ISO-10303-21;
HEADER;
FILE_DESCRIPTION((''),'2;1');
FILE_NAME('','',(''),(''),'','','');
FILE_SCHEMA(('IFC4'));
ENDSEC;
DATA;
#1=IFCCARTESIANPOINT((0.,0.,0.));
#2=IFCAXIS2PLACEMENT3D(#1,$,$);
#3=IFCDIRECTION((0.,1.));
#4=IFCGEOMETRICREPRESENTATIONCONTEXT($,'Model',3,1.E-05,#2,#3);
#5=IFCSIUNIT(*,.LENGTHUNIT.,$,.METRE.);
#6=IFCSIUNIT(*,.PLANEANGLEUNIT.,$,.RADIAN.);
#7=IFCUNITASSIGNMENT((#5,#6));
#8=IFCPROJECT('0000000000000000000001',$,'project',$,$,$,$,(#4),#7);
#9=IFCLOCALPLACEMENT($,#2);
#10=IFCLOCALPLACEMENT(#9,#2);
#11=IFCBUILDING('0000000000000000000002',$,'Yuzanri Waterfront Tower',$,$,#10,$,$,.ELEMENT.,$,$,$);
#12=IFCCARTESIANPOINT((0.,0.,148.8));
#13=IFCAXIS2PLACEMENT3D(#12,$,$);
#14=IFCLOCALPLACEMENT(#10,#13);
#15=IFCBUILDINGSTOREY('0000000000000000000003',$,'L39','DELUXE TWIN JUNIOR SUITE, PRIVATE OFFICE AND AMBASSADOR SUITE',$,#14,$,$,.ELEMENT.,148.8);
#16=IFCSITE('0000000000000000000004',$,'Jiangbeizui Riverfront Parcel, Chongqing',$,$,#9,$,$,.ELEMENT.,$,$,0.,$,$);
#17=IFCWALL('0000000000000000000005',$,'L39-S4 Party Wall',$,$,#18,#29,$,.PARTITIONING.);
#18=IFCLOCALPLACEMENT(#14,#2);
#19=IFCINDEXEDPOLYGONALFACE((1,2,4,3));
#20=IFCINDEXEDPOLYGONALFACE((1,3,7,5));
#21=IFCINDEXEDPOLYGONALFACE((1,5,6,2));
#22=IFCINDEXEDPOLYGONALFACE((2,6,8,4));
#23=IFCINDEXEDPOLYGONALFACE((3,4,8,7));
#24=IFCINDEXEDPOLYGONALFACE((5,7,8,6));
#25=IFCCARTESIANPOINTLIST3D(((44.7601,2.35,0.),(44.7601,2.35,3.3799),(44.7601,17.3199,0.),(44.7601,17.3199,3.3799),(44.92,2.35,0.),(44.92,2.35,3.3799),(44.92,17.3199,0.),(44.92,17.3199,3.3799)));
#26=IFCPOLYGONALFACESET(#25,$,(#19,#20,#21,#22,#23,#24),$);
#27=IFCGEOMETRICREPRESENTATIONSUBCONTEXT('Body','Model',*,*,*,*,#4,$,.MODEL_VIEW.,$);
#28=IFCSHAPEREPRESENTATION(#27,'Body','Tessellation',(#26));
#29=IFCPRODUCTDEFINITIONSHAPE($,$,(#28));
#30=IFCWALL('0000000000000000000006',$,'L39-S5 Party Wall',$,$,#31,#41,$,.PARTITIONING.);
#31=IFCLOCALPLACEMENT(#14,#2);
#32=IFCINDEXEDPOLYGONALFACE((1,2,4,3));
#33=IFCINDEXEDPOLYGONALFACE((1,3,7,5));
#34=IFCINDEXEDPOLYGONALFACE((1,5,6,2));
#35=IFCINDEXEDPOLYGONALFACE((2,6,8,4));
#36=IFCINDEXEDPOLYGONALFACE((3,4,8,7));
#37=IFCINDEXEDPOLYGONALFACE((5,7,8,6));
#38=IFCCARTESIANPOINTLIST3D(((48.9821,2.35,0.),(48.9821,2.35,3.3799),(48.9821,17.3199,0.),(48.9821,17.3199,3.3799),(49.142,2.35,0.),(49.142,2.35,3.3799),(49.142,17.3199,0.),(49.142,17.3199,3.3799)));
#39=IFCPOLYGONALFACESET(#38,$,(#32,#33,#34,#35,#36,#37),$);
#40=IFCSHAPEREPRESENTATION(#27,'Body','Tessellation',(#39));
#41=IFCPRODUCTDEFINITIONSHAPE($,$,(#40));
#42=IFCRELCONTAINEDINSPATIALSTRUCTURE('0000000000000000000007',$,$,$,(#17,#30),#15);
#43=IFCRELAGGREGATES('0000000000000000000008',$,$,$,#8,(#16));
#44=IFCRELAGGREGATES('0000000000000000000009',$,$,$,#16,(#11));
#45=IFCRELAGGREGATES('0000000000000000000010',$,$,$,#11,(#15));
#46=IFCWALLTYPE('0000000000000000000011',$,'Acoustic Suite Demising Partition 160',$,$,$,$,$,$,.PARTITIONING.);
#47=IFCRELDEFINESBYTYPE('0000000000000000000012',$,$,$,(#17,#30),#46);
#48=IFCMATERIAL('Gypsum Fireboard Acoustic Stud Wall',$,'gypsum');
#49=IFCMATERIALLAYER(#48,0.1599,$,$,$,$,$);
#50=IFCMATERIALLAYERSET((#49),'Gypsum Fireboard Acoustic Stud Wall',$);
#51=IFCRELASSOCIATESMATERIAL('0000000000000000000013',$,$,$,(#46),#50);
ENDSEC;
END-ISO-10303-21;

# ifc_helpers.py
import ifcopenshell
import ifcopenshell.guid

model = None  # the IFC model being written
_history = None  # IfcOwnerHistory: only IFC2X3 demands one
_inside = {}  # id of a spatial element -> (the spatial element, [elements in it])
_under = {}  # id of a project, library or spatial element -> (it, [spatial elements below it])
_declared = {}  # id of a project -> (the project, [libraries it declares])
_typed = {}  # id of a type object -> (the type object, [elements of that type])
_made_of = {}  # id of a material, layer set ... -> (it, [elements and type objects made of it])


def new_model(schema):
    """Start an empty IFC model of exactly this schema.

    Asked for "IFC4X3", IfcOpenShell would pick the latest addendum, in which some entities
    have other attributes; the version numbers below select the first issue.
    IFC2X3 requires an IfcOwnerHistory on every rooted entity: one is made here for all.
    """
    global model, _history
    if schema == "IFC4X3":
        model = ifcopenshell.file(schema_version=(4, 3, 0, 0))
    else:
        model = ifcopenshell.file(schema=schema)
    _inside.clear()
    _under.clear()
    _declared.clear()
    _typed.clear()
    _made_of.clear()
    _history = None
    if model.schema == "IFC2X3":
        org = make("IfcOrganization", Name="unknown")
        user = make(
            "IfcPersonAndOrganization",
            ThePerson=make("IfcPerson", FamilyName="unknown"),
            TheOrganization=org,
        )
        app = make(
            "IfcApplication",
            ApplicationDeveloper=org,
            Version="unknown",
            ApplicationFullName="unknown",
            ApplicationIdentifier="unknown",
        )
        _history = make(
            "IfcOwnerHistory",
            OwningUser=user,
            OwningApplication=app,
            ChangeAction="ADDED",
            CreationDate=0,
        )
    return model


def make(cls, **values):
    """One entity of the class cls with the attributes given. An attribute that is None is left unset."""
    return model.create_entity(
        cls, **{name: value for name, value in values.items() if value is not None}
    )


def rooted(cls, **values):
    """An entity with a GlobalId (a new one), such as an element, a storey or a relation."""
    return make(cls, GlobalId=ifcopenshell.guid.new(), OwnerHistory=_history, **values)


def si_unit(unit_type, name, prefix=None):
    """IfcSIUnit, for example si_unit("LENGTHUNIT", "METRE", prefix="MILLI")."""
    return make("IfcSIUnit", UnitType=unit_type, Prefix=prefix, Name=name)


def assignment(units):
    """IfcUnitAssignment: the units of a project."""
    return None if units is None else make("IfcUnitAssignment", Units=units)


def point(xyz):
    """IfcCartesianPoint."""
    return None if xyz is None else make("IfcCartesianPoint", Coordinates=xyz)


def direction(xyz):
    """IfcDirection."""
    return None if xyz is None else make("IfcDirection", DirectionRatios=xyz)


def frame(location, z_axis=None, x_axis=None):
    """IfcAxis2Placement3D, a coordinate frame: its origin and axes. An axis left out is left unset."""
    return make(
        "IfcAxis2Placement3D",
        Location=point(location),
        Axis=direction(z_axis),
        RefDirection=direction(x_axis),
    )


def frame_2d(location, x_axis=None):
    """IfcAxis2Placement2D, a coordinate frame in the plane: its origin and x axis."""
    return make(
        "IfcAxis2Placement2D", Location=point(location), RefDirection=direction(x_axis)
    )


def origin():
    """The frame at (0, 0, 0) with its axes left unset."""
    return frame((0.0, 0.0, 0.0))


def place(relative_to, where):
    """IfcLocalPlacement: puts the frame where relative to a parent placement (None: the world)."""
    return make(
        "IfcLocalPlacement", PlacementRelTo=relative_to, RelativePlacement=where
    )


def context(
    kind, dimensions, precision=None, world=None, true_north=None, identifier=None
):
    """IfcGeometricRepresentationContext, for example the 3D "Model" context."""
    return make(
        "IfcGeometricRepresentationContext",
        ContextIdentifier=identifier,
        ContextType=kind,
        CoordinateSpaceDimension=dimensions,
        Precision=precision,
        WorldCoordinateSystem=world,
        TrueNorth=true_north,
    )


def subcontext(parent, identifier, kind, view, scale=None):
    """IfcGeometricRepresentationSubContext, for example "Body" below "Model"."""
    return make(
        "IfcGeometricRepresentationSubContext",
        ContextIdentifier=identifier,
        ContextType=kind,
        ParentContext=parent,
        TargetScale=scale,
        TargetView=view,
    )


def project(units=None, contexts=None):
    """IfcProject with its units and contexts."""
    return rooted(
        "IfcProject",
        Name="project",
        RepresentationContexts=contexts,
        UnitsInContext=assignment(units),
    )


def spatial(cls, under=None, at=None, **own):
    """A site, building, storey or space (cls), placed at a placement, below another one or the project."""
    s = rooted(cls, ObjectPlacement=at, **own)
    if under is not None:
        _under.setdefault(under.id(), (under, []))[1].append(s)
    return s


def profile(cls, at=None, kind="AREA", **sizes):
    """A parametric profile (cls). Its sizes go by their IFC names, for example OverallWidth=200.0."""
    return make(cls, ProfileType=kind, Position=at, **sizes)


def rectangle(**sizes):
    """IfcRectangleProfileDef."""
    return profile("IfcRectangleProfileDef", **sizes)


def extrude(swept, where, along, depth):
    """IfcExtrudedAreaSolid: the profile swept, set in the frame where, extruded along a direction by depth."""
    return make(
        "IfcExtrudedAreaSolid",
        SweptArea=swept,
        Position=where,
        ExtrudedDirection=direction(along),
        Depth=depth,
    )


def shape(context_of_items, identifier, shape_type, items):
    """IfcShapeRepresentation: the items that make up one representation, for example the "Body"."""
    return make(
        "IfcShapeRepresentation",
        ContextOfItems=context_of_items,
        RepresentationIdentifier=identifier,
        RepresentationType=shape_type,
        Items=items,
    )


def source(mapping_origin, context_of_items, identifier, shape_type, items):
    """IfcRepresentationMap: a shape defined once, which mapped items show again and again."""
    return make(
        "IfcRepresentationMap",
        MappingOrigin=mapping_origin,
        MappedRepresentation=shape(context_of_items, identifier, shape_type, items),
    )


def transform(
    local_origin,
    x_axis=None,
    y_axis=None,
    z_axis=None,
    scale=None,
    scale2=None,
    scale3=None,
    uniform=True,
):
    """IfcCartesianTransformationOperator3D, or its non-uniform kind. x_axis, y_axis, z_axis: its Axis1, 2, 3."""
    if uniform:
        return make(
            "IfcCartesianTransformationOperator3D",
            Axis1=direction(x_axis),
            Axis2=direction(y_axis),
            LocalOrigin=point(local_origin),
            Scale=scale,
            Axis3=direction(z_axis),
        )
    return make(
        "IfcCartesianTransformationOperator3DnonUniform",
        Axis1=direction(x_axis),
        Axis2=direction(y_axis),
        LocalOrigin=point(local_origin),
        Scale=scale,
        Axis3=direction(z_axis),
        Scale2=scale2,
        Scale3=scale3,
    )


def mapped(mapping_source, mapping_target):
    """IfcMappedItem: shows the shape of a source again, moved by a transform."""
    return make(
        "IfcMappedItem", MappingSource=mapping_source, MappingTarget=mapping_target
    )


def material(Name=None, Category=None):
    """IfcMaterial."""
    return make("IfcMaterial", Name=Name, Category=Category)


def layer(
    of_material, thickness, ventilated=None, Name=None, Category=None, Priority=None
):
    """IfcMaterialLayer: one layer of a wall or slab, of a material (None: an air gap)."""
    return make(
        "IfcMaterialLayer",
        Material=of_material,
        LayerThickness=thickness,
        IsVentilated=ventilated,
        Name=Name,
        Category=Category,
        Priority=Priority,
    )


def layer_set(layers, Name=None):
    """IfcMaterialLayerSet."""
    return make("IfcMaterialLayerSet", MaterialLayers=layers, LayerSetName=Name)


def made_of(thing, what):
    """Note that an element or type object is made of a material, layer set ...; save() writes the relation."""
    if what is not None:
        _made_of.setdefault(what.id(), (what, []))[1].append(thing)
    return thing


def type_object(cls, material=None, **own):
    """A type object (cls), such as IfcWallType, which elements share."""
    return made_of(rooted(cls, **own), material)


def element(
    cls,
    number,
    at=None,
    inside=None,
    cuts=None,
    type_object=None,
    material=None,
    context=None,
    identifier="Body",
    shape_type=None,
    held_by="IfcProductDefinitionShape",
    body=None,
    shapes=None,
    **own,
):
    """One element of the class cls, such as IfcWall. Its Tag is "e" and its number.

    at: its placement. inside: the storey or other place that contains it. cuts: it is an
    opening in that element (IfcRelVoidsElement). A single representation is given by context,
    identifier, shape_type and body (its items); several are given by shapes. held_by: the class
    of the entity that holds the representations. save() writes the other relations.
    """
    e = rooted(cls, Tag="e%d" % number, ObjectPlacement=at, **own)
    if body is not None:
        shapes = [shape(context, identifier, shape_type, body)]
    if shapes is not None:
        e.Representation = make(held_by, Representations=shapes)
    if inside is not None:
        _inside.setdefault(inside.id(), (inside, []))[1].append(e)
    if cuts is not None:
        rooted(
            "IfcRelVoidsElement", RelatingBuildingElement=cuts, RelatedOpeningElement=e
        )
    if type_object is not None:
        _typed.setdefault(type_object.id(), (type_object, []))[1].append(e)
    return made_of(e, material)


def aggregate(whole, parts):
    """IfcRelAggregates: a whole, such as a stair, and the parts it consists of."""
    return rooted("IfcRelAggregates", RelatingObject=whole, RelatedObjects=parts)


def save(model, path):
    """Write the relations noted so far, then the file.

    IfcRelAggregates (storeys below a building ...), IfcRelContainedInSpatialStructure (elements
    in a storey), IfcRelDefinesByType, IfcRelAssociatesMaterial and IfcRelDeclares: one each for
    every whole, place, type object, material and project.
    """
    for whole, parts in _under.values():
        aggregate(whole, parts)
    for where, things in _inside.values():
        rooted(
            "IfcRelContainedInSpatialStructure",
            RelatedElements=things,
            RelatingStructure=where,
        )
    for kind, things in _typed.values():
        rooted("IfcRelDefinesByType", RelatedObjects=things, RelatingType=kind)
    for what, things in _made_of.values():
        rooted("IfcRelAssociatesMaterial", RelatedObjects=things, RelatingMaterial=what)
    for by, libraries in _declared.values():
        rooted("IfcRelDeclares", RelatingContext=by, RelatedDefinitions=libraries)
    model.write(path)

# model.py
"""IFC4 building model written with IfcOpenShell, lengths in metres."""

from ifc_helpers import new_model, si_unit, direction, frame, frame_2d, origin, place, context, subcontext, project, spatial, rectangle, extrude, source, transform, mapped, material, layer, layer_set, type_object, element, save


model = new_model("IFC4")

# Units and contexts
model_context = context("Model", 3, precision=1e-05, world=origin(), true_north=direction((0.0, 1.0)))
body_context = subcontext(model_context, "Body", "Model", "MODEL_VIEW")
ifc_project = project(units=[si_unit("LENGTHUNIT", "METRE"), si_unit("PLANEANGLEUNIT", "RADIAN")], contexts=[model_context])

# Site, building, storey
site_placement = place(None, origin())
site = spatial("IfcSite", under=ifc_project, at=site_placement, Name="Jiangbeizui Riverfront Parcel, Chongqing", CompositionType="ELEMENT", RefElevation=0.0)
building_placement = place(site_placement, origin())
building = spatial("IfcBuilding", under=site, at=building_placement, Name="Yuzanri Waterfront Tower", CompositionType="ELEMENT")
storey_placement = place(building_placement, frame((0.0, 0.0, 148.8)))
storey = spatial("IfcBuildingStorey", under=building, at=storey_placement, Name="L39", Description="DELUXE TWIN JUNIOR SUITE, PRIVATE OFFICE AND AMBASSADOR SUITE", CompositionType="ELEMENT", Elevation=148.8)

# Walls
ifc_material_1 = material(Name="Gypsum Fireboard Acoustic Stud Wall", Category="gypsum")
ifc_layer_1 = layer(ifc_material_1, 0.1599)
ifc_layer_set_1 = layer_set([ifc_layer_1], Name="Gypsum Fireboard Acoustic Stud Wall")
wall_type_1 = type_object("IfcWallType", Name="Acoustic Suite Demising Partition 160", PredefinedType="PARTITIONING", material=ifc_layer_set_1)
shared_shape_1 = source(origin(), body_context, "Body", "SweptSolid", [
    extrude(rectangle(XDim=14.97, YDim=0.1599, at=frame_2d((7.4849, 0.0))), origin(), (0.0, 0.0, 1.0), 3.3799),
])
for number, where, z_axis, x_axis, name in (
    (1, (44.8401, 2.3501, 0.0), (0.0, 0.0, 1.0), (0.0, 1.0, 0.0), "L39-S4 Party Wall"),
    (2, (49.062, 2.3501, 0.0), (0.0, 0.0, 1.0), (0.0, 1.0, 0.0), "L39-S5 Party Wall"),
):
    element("IfcWall", number, at=place(storey_placement, frame(where, z_axis=z_axis, x_axis=x_axis)), inside=storey, type_object=wall_type_1, Name=name, PredefinedType="PARTITIONING", context=body_context, shape_type="MappedRepresentation", body=[
        mapped(shared_shape_1, transform((0.0, 0.0, 0.0), scale=1.0)),
    ])

save(model, "model.ifc")
